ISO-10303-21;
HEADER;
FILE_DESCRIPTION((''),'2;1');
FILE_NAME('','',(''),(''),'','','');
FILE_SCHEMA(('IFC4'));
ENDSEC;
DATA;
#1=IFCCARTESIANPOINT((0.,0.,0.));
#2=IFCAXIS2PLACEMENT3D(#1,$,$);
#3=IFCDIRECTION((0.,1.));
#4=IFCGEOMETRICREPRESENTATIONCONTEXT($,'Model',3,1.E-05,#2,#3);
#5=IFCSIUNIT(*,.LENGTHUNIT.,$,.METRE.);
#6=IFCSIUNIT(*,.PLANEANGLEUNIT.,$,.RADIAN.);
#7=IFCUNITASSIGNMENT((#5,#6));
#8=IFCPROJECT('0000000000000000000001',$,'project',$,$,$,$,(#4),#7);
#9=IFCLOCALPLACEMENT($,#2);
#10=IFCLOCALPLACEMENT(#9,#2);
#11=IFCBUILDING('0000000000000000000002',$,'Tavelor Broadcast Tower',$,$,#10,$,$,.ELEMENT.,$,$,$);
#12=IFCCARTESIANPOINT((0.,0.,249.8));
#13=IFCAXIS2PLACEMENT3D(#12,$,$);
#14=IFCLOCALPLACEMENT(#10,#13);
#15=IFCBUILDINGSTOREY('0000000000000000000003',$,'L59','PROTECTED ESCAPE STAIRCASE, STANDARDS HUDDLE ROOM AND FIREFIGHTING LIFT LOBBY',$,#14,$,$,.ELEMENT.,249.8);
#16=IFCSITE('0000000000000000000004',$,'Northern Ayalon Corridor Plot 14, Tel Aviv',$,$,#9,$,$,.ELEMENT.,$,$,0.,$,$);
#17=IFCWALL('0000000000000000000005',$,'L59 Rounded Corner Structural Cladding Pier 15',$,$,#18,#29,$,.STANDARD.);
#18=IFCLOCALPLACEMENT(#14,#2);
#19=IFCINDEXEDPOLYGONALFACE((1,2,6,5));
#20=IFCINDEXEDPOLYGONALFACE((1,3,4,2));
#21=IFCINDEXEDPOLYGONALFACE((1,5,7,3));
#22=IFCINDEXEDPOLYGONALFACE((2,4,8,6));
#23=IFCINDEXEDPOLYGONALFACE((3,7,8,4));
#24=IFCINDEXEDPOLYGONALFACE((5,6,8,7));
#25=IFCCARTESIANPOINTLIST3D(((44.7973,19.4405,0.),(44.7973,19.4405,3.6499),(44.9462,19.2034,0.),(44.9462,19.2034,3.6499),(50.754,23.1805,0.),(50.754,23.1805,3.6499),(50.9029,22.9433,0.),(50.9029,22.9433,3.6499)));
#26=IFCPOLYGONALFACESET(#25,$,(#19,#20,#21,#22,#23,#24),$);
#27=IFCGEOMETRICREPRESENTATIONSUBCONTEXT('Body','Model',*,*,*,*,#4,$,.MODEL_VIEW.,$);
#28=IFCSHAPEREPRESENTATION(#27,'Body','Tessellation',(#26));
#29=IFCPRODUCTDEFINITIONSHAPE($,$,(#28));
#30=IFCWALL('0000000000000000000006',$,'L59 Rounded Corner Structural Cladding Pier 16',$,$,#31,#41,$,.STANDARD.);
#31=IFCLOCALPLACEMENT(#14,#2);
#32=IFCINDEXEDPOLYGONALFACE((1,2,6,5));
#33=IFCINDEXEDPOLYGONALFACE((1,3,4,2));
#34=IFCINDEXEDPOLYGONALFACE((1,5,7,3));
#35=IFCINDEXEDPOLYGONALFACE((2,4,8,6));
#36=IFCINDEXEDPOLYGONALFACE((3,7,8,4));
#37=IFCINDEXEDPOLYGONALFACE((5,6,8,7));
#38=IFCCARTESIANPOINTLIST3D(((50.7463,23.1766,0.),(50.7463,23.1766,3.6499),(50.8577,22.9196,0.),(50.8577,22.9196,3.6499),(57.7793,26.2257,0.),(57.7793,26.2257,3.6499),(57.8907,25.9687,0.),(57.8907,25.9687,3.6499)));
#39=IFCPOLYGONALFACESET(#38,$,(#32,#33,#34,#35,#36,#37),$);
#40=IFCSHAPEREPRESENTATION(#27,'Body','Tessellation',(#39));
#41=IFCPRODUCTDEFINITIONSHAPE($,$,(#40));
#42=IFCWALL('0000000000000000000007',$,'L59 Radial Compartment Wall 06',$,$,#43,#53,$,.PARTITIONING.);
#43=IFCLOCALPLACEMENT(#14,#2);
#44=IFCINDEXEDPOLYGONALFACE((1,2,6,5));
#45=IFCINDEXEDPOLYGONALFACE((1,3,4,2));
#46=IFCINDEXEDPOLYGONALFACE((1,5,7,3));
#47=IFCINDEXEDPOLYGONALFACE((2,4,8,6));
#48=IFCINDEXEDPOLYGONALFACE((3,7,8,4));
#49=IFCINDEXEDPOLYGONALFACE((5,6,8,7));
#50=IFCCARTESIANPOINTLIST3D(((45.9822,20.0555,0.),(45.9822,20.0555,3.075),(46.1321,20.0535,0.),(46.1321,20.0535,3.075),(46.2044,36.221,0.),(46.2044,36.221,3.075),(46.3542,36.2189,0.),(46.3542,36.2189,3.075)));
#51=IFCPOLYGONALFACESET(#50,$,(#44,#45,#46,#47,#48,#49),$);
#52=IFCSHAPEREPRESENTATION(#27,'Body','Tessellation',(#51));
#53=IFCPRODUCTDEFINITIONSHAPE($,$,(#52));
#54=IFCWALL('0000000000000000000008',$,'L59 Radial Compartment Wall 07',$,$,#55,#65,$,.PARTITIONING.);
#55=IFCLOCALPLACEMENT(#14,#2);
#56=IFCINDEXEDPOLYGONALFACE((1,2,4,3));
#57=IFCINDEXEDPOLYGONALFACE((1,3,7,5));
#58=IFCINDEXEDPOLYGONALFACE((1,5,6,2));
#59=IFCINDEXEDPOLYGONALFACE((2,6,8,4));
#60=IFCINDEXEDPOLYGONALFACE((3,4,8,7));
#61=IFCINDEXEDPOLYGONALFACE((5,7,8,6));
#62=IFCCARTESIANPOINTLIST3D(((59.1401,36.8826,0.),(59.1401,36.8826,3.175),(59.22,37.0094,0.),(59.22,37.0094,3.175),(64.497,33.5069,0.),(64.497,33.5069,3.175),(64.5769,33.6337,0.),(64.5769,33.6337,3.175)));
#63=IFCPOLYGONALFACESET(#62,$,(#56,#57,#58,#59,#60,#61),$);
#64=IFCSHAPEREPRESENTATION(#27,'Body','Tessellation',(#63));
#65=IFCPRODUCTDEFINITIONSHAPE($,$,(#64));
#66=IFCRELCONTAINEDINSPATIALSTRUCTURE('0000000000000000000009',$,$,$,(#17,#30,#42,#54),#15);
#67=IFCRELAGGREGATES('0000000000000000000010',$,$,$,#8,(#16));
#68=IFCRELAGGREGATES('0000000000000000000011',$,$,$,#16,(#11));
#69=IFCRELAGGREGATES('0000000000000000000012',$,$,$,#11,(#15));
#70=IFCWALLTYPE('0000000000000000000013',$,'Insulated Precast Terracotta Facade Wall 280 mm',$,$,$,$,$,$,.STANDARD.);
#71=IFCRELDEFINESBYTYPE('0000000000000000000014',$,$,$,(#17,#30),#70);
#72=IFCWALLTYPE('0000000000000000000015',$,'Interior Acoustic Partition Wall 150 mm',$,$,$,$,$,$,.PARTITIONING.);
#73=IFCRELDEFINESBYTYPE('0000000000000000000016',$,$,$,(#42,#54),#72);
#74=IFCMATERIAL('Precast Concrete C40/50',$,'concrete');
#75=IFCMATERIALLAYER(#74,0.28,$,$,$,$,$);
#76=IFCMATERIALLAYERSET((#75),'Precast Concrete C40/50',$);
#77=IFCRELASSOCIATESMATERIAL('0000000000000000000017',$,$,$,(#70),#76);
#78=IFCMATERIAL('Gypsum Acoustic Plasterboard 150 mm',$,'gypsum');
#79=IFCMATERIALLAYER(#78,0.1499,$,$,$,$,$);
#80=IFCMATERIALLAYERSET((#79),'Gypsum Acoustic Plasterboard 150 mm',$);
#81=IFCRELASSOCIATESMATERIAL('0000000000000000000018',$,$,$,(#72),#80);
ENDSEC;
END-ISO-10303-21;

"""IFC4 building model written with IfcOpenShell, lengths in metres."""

from ifc_helpers import new_model, si_unit, direction, frame, frame_2d, origin, place, context, subcontext, project, spatial, rectangle, extrude, material, layer, layer_set, type_object, element, save


model = new_model("IFC4")

# Units and contexts
model_context = context("Model", 3, precision=1e-05, world=origin(), true_north=direction((0.0, 1.0)))
body_context = subcontext(model_context, "Body", "Model", "MODEL_VIEW")
ifc_project = project(units=[si_unit("LENGTHUNIT", "METRE"), si_unit("PLANEANGLEUNIT", "RADIAN")], contexts=[model_context])

# Site, building, storey
site_placement = place(None, origin())
site = spatial("IfcSite", under=ifc_project, at=site_placement, Name="Northern Ayalon Corridor Plot 14, Tel Aviv", CompositionType="ELEMENT", RefElevation=0.0)
building_placement = place(site_placement, origin())
building = spatial("IfcBuilding", under=site, at=building_placement, Name="Tavelor Broadcast Tower", CompositionType="ELEMENT")
storey_placement = place(building_placement, frame((0.0, 0.0, 249.8)))
storey = spatial("IfcBuildingStorey", under=building, at=storey_placement, Name="L59", Description="PROTECTED ESCAPE STAIRCASE, STANDARDS HUDDLE ROOM AND FIREFIGHTING LIFT LOBBY", CompositionType="ELEMENT", Elevation=249.8)

# Walls
ifc_material_1 = material(Name="Precast Concrete C40/50", Category="concrete")
ifc_layer_1 = layer(ifc_material_1, 0.28)
ifc_layer_set_1 = layer_set([ifc_layer_1], Name="Precast Concrete C40/50")
wall_type_1 = type_object("IfcWallType", Name="Insulated Precast Terracotta Facade Wall 280 mm", PredefinedType="STANDARD", material=ifc_layer_set_1)
wall_1_placement = place(storey_placement, frame((44.8718, 19.322, 0.0), z_axis=(0.0, 0.0, 1.0), x_axis=(0.84691, 0.531736, 0.0)))
element("IfcWall", 1, at=wall_1_placement, inside=storey, type_object=wall_type_1, Name="L59 Rounded Corner Structural Cladding Pier 15", PredefinedType="STANDARD", context=body_context, shape_type="SweptSolid", body=[
    extrude(rectangle(XDim=7.0334, YDim=0.28, at=frame_2d((3.5166, 0.0))), origin(), (0.0, 0.0, 1.0), 3.6499),
])
wall_2_placement = place(storey_placement, frame((50.802, 23.0481, 0.0), z_axis=(0.0, 0.0, 1.0), x_axis=(0.917486, 0.397767, 0.0)))
element("IfcWall", 2, at=wall_2_placement, inside=storey, type_object=wall_type_1, Name="L59 Rounded Corner Structural Cladding Pier 16", PredefinedType="STANDARD", context=body_context, shape_type="SweptSolid", body=[
    extrude(rectangle(XDim=7.6655, YDim=0.28, at=frame_2d((3.8328, 0.0))), origin(), (0.0, 0.0, 1.0), 3.6499),
])
ifc_material_2 = material(Name="Gypsum Acoustic Plasterboard 150 mm", Category="gypsum")
ifc_layer_2 = layer(ifc_material_2, 0.1499)
ifc_layer_set_2 = layer_set([ifc_layer_2], Name="Gypsum Acoustic Plasterboard 150 mm")
wall_type_2 = type_object("IfcWallType", Name="Interior Acoustic Partition Wall 150 mm", PredefinedType="PARTITIONING", material=ifc_layer_set_2)
wall_3_placement = place(storey_placement, frame((46.2793, 36.22, 0.0), z_axis=(0.0, 0.0, 1.0), x_axis=(-0.013742, -0.999906, 0.0)))
element("IfcWall", 3, at=wall_3_placement, inside=storey, type_object=wall_type_2, Name="L59 Radial Compartment Wall 06", PredefinedType="PARTITIONING", context=body_context, shape_type="SweptSolid", body=[
    extrude(rectangle(XDim=16.167, YDim=0.1499, at=frame_2d((8.0835, 0.0))), origin(), (0.0, 0.0, 1.0), 3.075),
])
wall_4_placement = place(storey_placement, frame((59.1799, 36.946, 0.0), z_axis=(0.0, 0.0, 1.0), x_axis=(0.84603, -0.533135, 0.0)))
element("IfcWall", 4, at=wall_4_placement, inside=storey, type_object=wall_type_2, Name="L59 Radial Compartment Wall 07", PredefinedType="PARTITIONING", context=body_context, shape_type="SweptSolid", body=[
    extrude(rectangle(XDim=6.3318, YDim=0.1499, at=frame_2d((3.166, 0.0))), origin(), (0.0, 0.0, 1.0), 3.175),
])

save(model, "model.ifc")
